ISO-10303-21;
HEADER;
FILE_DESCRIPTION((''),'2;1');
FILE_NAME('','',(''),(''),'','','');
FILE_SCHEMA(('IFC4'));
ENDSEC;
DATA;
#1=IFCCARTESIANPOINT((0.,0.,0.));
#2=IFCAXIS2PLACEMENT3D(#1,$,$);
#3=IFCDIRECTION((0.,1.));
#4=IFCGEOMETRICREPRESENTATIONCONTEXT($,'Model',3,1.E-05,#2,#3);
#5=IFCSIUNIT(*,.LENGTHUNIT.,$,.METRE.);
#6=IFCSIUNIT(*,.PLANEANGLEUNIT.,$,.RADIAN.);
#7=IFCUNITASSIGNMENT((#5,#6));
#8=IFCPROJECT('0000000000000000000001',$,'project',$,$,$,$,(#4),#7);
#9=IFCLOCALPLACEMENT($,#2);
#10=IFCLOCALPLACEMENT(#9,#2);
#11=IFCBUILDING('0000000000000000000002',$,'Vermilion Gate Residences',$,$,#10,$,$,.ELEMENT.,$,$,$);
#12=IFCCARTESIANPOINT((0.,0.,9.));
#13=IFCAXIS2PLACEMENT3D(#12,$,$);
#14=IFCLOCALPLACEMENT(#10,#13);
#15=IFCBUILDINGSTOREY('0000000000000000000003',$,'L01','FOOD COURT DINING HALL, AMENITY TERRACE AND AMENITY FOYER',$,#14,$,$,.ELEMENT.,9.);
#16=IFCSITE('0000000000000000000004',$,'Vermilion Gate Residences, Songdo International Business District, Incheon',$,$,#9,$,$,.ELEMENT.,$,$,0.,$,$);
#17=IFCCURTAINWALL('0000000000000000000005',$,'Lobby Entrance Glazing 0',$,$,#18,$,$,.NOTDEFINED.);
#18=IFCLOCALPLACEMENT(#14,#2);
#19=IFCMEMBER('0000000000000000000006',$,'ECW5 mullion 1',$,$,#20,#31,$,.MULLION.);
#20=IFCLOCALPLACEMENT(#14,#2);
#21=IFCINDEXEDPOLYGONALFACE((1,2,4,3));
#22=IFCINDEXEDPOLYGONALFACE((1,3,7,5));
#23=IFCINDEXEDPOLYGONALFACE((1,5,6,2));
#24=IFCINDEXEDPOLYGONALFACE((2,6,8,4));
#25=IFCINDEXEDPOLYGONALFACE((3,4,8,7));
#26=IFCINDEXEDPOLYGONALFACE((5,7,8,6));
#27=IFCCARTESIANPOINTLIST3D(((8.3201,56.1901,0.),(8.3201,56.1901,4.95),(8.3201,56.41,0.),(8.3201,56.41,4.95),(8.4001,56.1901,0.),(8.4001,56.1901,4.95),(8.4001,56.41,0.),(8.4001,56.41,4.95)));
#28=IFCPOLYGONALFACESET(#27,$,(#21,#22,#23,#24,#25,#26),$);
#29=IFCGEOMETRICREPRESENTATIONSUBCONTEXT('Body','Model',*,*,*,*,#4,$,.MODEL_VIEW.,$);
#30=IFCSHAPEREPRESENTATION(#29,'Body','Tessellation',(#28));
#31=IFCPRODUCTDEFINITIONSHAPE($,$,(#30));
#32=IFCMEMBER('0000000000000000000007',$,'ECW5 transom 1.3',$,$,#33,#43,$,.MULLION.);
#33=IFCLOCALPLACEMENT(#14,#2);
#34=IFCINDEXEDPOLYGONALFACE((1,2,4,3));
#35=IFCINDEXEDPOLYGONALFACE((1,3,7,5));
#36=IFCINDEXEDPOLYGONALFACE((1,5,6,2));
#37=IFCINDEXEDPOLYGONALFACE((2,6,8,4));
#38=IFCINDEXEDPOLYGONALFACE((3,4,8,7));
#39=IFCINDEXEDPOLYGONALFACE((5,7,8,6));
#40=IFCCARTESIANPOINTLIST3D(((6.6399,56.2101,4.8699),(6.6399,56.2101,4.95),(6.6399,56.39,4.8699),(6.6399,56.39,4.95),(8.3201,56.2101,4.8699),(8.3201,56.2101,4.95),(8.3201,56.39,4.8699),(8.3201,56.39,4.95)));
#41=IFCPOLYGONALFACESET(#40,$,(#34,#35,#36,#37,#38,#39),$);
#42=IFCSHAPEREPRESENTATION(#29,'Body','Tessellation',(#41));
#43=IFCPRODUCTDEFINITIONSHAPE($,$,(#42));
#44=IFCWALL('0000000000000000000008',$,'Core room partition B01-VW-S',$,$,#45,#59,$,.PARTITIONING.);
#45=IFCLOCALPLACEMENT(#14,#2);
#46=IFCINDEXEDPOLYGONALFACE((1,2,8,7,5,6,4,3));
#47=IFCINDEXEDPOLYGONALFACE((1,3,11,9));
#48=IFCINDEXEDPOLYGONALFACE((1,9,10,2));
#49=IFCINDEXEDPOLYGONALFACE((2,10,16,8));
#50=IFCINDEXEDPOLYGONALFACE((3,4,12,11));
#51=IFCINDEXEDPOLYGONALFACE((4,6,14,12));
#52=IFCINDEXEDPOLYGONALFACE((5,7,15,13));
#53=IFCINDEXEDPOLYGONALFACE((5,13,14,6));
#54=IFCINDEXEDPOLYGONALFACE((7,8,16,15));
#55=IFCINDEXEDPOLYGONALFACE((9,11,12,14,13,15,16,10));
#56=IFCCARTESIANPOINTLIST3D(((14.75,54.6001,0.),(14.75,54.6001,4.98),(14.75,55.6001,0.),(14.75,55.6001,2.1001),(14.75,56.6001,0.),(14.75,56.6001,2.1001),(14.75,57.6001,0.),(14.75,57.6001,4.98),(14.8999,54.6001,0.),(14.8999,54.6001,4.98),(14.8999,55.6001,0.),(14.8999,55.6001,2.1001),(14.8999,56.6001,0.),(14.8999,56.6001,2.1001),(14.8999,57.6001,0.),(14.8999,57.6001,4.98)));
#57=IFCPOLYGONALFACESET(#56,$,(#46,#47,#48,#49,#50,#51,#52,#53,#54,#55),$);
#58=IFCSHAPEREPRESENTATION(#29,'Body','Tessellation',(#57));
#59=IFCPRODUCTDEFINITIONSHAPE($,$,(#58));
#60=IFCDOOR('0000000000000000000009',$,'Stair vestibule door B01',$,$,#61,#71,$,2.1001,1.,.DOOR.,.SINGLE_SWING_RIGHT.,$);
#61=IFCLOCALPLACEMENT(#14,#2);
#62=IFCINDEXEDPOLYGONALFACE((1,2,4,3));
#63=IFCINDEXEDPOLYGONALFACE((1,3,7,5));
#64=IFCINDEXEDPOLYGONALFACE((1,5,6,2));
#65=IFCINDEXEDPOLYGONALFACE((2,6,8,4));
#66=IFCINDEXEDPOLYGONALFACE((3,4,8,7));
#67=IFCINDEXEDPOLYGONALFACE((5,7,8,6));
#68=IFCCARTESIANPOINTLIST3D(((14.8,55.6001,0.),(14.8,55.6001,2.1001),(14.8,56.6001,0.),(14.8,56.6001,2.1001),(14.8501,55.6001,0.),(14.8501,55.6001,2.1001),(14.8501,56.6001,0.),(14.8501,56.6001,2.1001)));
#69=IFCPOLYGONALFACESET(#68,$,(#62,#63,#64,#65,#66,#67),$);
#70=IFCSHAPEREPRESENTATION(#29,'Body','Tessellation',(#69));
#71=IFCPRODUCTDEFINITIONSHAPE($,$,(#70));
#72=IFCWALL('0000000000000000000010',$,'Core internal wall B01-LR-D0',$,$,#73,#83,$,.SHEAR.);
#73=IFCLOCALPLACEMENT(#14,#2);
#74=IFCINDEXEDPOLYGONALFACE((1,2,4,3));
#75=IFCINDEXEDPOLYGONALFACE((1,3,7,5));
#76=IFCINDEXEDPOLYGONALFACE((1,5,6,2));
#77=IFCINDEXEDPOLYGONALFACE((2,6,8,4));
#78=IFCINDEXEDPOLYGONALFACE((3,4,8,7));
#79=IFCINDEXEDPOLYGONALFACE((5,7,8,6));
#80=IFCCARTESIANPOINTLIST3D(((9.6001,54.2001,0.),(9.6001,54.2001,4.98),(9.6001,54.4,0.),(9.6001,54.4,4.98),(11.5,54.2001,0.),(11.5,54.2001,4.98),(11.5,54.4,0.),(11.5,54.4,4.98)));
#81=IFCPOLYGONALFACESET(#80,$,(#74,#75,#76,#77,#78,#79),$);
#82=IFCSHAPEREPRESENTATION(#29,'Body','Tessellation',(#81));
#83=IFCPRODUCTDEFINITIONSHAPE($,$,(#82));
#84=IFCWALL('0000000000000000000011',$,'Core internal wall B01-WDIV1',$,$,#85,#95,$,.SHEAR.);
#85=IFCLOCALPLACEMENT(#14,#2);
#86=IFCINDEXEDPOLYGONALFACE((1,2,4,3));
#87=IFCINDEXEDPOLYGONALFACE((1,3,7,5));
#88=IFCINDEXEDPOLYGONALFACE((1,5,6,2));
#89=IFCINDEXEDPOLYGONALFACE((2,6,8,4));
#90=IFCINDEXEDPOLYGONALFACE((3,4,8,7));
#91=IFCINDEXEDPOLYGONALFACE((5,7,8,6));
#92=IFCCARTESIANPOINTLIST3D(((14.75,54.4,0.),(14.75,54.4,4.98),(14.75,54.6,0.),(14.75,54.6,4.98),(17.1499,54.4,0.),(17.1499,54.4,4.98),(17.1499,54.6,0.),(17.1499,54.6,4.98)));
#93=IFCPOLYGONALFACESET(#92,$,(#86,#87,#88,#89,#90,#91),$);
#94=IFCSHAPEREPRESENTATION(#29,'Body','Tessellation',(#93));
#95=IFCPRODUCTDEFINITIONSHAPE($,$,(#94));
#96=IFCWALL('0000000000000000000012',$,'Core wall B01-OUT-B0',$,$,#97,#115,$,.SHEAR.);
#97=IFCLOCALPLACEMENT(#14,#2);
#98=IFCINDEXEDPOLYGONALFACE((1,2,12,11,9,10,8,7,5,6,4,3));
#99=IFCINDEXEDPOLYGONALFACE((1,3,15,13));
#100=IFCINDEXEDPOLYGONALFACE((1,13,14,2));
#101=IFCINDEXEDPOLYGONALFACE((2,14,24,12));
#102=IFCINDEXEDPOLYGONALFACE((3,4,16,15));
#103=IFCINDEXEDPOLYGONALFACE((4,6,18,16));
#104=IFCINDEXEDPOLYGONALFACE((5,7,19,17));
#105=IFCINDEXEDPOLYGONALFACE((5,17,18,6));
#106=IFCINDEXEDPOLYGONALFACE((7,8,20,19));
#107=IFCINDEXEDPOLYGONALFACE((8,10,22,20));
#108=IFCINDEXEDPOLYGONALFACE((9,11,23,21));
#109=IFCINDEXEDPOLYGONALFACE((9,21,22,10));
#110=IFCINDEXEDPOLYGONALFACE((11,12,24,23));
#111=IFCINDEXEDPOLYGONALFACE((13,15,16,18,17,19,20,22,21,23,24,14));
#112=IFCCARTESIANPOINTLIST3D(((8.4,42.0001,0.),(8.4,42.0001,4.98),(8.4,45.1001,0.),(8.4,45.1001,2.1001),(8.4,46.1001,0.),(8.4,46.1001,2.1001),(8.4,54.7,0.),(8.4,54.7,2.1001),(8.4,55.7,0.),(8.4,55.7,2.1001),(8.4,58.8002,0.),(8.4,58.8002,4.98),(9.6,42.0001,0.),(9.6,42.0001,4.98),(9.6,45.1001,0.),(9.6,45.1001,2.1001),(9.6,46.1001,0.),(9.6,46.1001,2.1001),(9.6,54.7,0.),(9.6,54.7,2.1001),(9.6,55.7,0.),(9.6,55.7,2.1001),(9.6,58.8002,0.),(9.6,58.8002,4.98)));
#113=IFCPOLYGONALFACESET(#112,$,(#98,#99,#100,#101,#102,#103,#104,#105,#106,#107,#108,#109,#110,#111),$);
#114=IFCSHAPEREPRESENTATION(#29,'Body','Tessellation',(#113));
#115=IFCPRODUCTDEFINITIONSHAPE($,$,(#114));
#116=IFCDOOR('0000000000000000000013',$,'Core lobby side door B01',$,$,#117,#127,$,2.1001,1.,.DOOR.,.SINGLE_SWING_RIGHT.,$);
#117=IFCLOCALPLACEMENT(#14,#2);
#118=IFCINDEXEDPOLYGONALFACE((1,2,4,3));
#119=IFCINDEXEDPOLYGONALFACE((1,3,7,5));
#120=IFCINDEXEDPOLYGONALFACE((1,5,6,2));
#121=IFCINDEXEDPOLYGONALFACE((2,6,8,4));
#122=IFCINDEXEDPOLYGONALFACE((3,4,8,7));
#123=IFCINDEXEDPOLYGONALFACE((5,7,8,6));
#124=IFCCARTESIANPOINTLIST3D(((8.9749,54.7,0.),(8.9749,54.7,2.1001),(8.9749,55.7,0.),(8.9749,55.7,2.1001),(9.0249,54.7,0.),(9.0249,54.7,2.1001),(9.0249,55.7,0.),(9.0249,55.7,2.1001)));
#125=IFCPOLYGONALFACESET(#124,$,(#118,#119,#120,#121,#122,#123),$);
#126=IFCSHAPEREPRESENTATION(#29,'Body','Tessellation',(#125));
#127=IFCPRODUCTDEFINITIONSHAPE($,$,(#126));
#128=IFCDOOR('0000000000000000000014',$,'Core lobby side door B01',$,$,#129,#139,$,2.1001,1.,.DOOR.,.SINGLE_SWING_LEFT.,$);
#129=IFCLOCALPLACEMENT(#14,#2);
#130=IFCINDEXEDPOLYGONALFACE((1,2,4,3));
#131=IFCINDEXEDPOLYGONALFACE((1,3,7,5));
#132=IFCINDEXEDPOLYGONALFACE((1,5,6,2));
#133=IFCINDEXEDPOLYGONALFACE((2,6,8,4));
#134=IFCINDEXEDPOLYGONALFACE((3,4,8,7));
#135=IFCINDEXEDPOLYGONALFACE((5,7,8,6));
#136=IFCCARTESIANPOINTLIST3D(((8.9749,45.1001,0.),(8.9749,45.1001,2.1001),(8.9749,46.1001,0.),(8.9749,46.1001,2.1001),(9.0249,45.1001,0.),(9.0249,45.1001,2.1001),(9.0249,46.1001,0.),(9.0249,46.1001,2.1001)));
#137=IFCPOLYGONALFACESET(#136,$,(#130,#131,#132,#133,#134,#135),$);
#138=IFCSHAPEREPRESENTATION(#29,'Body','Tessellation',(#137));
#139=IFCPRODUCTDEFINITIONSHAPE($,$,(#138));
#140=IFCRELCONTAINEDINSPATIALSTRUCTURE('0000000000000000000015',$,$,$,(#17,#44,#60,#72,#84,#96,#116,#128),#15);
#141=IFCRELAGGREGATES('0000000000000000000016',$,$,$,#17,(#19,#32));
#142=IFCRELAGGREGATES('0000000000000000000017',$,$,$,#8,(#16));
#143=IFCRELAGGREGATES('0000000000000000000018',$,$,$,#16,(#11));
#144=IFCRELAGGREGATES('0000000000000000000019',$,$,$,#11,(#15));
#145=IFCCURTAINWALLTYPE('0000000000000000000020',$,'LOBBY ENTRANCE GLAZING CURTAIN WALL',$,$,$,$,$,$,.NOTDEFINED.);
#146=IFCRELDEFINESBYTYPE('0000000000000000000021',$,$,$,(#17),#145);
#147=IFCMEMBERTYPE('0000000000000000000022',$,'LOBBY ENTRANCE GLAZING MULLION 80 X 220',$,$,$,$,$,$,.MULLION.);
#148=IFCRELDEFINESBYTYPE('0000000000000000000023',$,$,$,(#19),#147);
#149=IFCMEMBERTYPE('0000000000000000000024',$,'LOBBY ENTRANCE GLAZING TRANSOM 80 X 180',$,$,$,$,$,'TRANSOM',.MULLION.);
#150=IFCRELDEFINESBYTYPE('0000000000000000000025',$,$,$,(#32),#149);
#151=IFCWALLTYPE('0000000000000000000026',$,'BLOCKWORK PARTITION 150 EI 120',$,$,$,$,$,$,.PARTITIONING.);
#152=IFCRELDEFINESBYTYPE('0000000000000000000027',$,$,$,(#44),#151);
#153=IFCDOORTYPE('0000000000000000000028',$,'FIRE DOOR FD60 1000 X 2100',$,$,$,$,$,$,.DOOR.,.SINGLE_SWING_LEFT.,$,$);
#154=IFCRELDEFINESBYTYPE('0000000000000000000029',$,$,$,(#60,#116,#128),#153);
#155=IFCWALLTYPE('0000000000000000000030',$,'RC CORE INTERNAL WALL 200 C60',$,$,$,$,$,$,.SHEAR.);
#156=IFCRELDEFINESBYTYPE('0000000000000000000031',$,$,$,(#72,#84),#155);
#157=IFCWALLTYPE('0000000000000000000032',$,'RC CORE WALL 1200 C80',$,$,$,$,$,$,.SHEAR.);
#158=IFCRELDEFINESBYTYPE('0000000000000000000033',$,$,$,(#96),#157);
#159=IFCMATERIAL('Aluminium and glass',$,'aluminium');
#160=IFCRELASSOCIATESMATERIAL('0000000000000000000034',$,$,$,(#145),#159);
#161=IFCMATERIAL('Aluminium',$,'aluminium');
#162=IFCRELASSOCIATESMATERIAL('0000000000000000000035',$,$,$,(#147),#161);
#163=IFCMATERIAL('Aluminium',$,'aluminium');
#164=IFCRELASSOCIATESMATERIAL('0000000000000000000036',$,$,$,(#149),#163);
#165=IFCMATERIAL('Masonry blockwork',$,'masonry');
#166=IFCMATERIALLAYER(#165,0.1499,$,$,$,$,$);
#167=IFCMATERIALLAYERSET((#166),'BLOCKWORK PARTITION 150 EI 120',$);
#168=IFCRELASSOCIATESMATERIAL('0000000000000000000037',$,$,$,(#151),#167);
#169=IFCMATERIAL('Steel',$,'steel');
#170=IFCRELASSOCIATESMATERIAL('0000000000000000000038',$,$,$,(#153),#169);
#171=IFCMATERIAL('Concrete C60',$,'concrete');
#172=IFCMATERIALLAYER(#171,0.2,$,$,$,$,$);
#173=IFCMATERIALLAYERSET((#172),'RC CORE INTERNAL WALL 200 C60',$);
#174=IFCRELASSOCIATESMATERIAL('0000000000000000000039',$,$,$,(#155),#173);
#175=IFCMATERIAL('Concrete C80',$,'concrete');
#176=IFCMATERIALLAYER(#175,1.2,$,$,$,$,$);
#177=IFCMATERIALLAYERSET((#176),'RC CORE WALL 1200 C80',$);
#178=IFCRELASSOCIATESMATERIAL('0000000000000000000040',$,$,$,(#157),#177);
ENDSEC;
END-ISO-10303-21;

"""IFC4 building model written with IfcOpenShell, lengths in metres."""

from ifc_helpers import new_model, si_unit, direction, frame, frame_2d, origin, origin_2d, place, context, subcontext, project, spatial, rectangle, extrude, material, layer, layer_set, material_profile, profile_set, type_object, element, fill, aggregate, save


model = new_model("IFC4")

# Units and contexts
model_context = context("Model", 3, precision=1e-05, world=origin(), true_north=direction((0.0, 1.0)))
body_context = subcontext(model_context, "Body", "Model", "MODEL_VIEW")
ifc_project = project(units=[si_unit("LENGTHUNIT", "METRE"), si_unit("PLANEANGLEUNIT", "RADIAN")], contexts=[model_context])

# Site, building, storey
site_placement = place(None, origin())
site = spatial("IfcSite", under=ifc_project, at=site_placement, Name="Vermilion Gate Residences, Songdo International Business District, Incheon", CompositionType="ELEMENT", RefElevation=0.0)
building_placement = place(site_placement, origin())
building = spatial("IfcBuilding", under=site, at=building_placement, Name="Vermilion Gate Residences", CompositionType="ELEMENT")
storey_placement = place(building_placement, frame((0.0, 0.0, 9.0)))
storey = spatial("IfcBuildingStorey", under=building, at=storey_placement, Name="L01", Description="FOOD COURT DINING HALL, AMENITY TERRACE AND AMENITY FOYER", CompositionType="ELEMENT", Elevation=9.0)

# Curtain wall, members
ifc_material_1 = material(Name="Aluminium and glass", Category="aluminium")
curtain_wall_type = type_object("IfcCurtainWallType", Name="LOBBY ENTRANCE GLAZING CURTAIN WALL", PredefinedType="NOTDEFINED", material=ifc_material_1)
curtain_wall_placement = place(storey_placement, origin())
curtain_wall = element("IfcCurtainWall", 1, at=curtain_wall_placement, inside=storey, type_object=curtain_wall_type, Name="Lobby Entrance Glazing 0", PredefinedType="NOTDEFINED")
ifc_material_2 = material(Name="Aluminium", Category="aluminium")
ifc_material_profile_1 = material_profile(ifc_material_2, rectangle(XDim=0.22, YDim=0.0801, at=origin_2d()), Name="MULLION 80 X 220")
ifc_profile_set_1 = profile_set([ifc_material_profile_1], Name="Aluminium")
member_type_1 = type_object("IfcMemberType", Name="LOBBY ENTRANCE GLAZING MULLION 80 X 220", PredefinedType="MULLION", material=ifc_profile_set_1)
member_1_placement = place(storey_placement, frame((8.3601, 56.3, 0.0), z_axis=(0.0, 0.0, 1.0), x_axis=(0.0, -1.0, 0.0)))
member_1 = element("IfcMember", 2, at=member_1_placement, type_object=member_type_1, Name="ECW5 mullion 1", PredefinedType="MULLION", context=body_context, shape_type="SweptSolid", body=[
    extrude(rectangle(XDim=0.22, YDim=0.0801, at=origin_2d()), origin(), (0.0, 0.0, 1.0), 4.95),
])
ifc_material_3 = material(Name="Aluminium", Category="aluminium")
ifc_material_profile_2 = material_profile(ifc_material_3, rectangle(XDim=0.1799, YDim=0.0801, at=origin_2d()), Name="TRANSOM 80 X 180")
ifc_profile_set_2 = profile_set([ifc_material_profile_2], Name="Aluminium")
member_type_2 = type_object("IfcMemberType", Name="LOBBY ENTRANCE GLAZING TRANSOM 80 X 180", ElementType="TRANSOM", PredefinedType="MULLION", material=ifc_profile_set_2)
member_2_placement = place(storey_placement, frame((8.3201, 56.3, 4.9099), z_axis=(-1.0, 0.0, 0.0), x_axis=(0.0, -1.0, 0.0)))
member_2 = element("IfcMember", 3, at=member_2_placement, type_object=member_type_2, Name="ECW5 transom 1.3", PredefinedType="MULLION", context=body_context, shape_type="SweptSolid", body=[
    extrude(rectangle(XDim=0.1799, YDim=0.0801, at=origin_2d()), origin(), (0.0, 0.0, 1.0), 1.6802),
])
aggregate(curtain_wall, [member_1, member_2])

# Wall, opening, door
ifc_material_4 = material(Name="Masonry blockwork", Category="masonry")
ifc_layer_1 = layer(ifc_material_4, 0.1499)
ifc_layer_set_1 = layer_set([ifc_layer_1], Name="BLOCKWORK PARTITION 150 EI 120")
wall_type_1 = type_object("IfcWallType", Name="BLOCKWORK PARTITION 150 EI 120", PredefinedType="PARTITIONING", material=ifc_layer_set_1)
wall_1_placement = place(storey_placement, frame((14.825, 57.6001, 0.0), z_axis=(0.0, 0.0, 1.0), x_axis=(0.0, -1.0, 0.0)))
wall_1 = element("IfcWall", 4, at=wall_1_placement, inside=storey, type_object=wall_type_1, Name="Core room partition B01-VW-S", PredefinedType="PARTITIONING", context=body_context, shape_type="SweptSolid", body=[
    extrude(rectangle(XDim=3.0, YDim=0.1499, at=frame_2d((1.5, 0.0))), origin(), (0.0, 0.0, 1.0), 4.98),
])
opening_1_placement = place(wall_1_placement, frame((1.0, 0.0, 0.0)))
opening_1 = element("IfcOpeningElement", 5, at=opening_1_placement, cuts=wall_1, PredefinedType="OPENING", context=body_context, shape_type="SweptSolid", body=[
    extrude(rectangle(XDim=1.0, YDim=2.1001, at=frame_2d((0.5, 1.05))), frame((0.0, 0.085, 0.0), z_axis=(0.0, -1.0, 0.0), x_axis=(1.0, 0.0, 0.0)), (0.0, 0.0, 1.0), 0.1699),
])
ifc_material_5 = material(Name="Steel", Category="steel")
door_type_1 = type_object("IfcDoorType", Name="FIRE DOOR FD60 1000 X 2100", OperationType="SINGLE_SWING_LEFT", PredefinedType="DOOR", material=ifc_material_5)
door_1_placement = place(opening_1_placement, frame((1.0, 0.0, 0.0), z_axis=(0.0, 0.0, 1.0), x_axis=(-1.0, 0.0, 0.0)))
door_1 = element("IfcDoor", 6, at=door_1_placement, inside=storey, type_object=door_type_1, Name="Stair vestibule door B01", OperationType="SINGLE_SWING_RIGHT", OverallHeight=2.1001, OverallWidth=1.0, PredefinedType="DOOR", context=body_context, shape_type="SweptSolid", body=[
    extrude(rectangle(XDim=1.0, YDim=2.1001, at=frame_2d((0.5, 1.05))), frame((0.0, 0.0249, 0.0), z_axis=(0.0, -1.0, 0.0), x_axis=(1.0, 0.0, 0.0)), (0.0, 0.0, 1.0), 0.05),
])
fill(opening_1, door_1)

# Walls
ifc_material_6 = material(Name="Concrete C60", Category="concrete")
ifc_layer_2 = layer(ifc_material_6, 0.2)
ifc_layer_set_2 = layer_set([ifc_layer_2], Name="RC CORE INTERNAL WALL 200 C60")
wall_type_2 = type_object("IfcWallType", Name="RC CORE INTERNAL WALL 200 C60", PredefinedType="SHEAR", material=ifc_layer_set_2)
wall_2_placement = place(storey_placement, frame((9.6001, 54.3, 0.0), z_axis=(0.0, 0.0, 1.0), x_axis=(1.0, 0.0, 0.0)))
element("IfcWall", 7, at=wall_2_placement, inside=storey, type_object=wall_type_2, Name="Core internal wall B01-LR-D0", PredefinedType="SHEAR", context=body_context, shape_type="SweptSolid", body=[
    extrude(rectangle(XDim=1.8999, YDim=0.2, at=frame_2d((0.95, 0.0))), origin(), (0.0, 0.0, 1.0), 4.98),
])
wall_3_placement = place(storey_placement, frame((14.75, 54.5, 0.0), z_axis=(0.0, 0.0, 1.0), x_axis=(1.0, 0.0, 0.0)))
element("IfcWall", 8, at=wall_3_placement, inside=storey, type_object=wall_type_2, Name="Core internal wall B01-WDIV1", PredefinedType="SHEAR", context=body_context, shape_type="SweptSolid", body=[
    extrude(rectangle(XDim=2.3999, YDim=0.2, at=frame_2d((1.2, 0.0))), origin(), (0.0, 0.0, 1.0), 4.98),
])

# Wall, openings, doors
ifc_material_7 = material(Name="Concrete C80", Category="concrete")
ifc_layer_3 = layer(ifc_material_7, 1.2)
ifc_layer_set_3 = layer_set([ifc_layer_3], Name="RC CORE WALL 1200 C80")
wall_type_3 = type_object("IfcWallType", Name="RC CORE WALL 1200 C80", PredefinedType="SHEAR", material=ifc_layer_set_3)
wall_4_placement = place(storey_placement, frame((9.0, 58.8, 0.0), z_axis=(0.0, 0.0, 1.0), x_axis=(0.0, -1.0, 0.0)))
wall_4 = element("IfcWall", 9, at=wall_4_placement, inside=storey, type_object=wall_type_3, Name="Core wall B01-OUT-B0", PredefinedType="SHEAR", context=body_context, shape_type="SweptSolid", body=[
    extrude(rectangle(XDim=16.8, YDim=1.2, at=frame_2d((8.3999, 0.0))), origin(), (0.0, 0.0, 1.0), 4.98),
])
opening_2_placement = place(wall_4_placement, frame((3.1001, 0.0, 0.0)))
opening_2 = element("IfcOpeningElement", 10, at=opening_2_placement, cuts=wall_4, PredefinedType="OPENING", context=body_context, shape_type="SweptSolid", body=[
    extrude(rectangle(XDim=1.0, YDim=2.1001, at=frame_2d((0.5, 1.05))), frame((0.0, 0.6099, 0.0), z_axis=(0.0, -1.0, 0.0), x_axis=(1.0, 0.0, 0.0)), (0.0, 0.0, 1.0), 1.22),
])
opening_3_placement = place(wall_4_placement, frame((12.7, 0.0, 0.0)))
opening_3 = element("IfcOpeningElement", 11, at=opening_3_placement, cuts=wall_4, PredefinedType="OPENING", context=body_context, shape_type="SweptSolid", body=[
    extrude(rectangle(XDim=1.0, YDim=2.1001, at=frame_2d((0.5, 1.05))), frame((0.0, 0.6099, 0.0), z_axis=(0.0, -1.0, 0.0), x_axis=(1.0, 0.0, 0.0)), (0.0, 0.0, 1.0), 1.22),
])
door_2_placement = place(opening_2_placement, origin())
door_2 = element("IfcDoor", 12, at=door_2_placement, inside=storey, type_object=door_type_1, Name="Core lobby side door B01", OperationType="SINGLE_SWING_RIGHT", OverallHeight=2.1001, OverallWidth=1.0, PredefinedType="DOOR", context=body_context, shape_type="SweptSolid", body=[
    extrude(rectangle(XDim=1.0, YDim=2.1001, at=frame_2d((0.5, 1.05))), frame((0.0, 0.0249, 0.0), z_axis=(0.0, -1.0, 0.0), x_axis=(1.0, 0.0, 0.0)), (0.0, 0.0, 1.0), 0.05),
])
fill(opening_2, door_2)
door_3_placement = place(opening_3_placement, origin())
door_3 = element("IfcDoor", 13, at=door_3_placement, inside=storey, type_object=door_type_1, Name="Core lobby side door B01", OperationType="SINGLE_SWING_LEFT", OverallHeight=2.1001, OverallWidth=1.0, PredefinedType="DOOR", context=body_context, shape_type="SweptSolid", body=[
    extrude(rectangle(XDim=1.0, YDim=2.1001, at=frame_2d((0.5, 1.05))), frame((0.0, 0.0249, 0.0), z_axis=(0.0, -1.0, 0.0), x_axis=(1.0, 0.0, 0.0)), (0.0, 0.0, 1.0), 0.05),
])
fill(opening_3, door_3)

save(model, "model.ifc")
